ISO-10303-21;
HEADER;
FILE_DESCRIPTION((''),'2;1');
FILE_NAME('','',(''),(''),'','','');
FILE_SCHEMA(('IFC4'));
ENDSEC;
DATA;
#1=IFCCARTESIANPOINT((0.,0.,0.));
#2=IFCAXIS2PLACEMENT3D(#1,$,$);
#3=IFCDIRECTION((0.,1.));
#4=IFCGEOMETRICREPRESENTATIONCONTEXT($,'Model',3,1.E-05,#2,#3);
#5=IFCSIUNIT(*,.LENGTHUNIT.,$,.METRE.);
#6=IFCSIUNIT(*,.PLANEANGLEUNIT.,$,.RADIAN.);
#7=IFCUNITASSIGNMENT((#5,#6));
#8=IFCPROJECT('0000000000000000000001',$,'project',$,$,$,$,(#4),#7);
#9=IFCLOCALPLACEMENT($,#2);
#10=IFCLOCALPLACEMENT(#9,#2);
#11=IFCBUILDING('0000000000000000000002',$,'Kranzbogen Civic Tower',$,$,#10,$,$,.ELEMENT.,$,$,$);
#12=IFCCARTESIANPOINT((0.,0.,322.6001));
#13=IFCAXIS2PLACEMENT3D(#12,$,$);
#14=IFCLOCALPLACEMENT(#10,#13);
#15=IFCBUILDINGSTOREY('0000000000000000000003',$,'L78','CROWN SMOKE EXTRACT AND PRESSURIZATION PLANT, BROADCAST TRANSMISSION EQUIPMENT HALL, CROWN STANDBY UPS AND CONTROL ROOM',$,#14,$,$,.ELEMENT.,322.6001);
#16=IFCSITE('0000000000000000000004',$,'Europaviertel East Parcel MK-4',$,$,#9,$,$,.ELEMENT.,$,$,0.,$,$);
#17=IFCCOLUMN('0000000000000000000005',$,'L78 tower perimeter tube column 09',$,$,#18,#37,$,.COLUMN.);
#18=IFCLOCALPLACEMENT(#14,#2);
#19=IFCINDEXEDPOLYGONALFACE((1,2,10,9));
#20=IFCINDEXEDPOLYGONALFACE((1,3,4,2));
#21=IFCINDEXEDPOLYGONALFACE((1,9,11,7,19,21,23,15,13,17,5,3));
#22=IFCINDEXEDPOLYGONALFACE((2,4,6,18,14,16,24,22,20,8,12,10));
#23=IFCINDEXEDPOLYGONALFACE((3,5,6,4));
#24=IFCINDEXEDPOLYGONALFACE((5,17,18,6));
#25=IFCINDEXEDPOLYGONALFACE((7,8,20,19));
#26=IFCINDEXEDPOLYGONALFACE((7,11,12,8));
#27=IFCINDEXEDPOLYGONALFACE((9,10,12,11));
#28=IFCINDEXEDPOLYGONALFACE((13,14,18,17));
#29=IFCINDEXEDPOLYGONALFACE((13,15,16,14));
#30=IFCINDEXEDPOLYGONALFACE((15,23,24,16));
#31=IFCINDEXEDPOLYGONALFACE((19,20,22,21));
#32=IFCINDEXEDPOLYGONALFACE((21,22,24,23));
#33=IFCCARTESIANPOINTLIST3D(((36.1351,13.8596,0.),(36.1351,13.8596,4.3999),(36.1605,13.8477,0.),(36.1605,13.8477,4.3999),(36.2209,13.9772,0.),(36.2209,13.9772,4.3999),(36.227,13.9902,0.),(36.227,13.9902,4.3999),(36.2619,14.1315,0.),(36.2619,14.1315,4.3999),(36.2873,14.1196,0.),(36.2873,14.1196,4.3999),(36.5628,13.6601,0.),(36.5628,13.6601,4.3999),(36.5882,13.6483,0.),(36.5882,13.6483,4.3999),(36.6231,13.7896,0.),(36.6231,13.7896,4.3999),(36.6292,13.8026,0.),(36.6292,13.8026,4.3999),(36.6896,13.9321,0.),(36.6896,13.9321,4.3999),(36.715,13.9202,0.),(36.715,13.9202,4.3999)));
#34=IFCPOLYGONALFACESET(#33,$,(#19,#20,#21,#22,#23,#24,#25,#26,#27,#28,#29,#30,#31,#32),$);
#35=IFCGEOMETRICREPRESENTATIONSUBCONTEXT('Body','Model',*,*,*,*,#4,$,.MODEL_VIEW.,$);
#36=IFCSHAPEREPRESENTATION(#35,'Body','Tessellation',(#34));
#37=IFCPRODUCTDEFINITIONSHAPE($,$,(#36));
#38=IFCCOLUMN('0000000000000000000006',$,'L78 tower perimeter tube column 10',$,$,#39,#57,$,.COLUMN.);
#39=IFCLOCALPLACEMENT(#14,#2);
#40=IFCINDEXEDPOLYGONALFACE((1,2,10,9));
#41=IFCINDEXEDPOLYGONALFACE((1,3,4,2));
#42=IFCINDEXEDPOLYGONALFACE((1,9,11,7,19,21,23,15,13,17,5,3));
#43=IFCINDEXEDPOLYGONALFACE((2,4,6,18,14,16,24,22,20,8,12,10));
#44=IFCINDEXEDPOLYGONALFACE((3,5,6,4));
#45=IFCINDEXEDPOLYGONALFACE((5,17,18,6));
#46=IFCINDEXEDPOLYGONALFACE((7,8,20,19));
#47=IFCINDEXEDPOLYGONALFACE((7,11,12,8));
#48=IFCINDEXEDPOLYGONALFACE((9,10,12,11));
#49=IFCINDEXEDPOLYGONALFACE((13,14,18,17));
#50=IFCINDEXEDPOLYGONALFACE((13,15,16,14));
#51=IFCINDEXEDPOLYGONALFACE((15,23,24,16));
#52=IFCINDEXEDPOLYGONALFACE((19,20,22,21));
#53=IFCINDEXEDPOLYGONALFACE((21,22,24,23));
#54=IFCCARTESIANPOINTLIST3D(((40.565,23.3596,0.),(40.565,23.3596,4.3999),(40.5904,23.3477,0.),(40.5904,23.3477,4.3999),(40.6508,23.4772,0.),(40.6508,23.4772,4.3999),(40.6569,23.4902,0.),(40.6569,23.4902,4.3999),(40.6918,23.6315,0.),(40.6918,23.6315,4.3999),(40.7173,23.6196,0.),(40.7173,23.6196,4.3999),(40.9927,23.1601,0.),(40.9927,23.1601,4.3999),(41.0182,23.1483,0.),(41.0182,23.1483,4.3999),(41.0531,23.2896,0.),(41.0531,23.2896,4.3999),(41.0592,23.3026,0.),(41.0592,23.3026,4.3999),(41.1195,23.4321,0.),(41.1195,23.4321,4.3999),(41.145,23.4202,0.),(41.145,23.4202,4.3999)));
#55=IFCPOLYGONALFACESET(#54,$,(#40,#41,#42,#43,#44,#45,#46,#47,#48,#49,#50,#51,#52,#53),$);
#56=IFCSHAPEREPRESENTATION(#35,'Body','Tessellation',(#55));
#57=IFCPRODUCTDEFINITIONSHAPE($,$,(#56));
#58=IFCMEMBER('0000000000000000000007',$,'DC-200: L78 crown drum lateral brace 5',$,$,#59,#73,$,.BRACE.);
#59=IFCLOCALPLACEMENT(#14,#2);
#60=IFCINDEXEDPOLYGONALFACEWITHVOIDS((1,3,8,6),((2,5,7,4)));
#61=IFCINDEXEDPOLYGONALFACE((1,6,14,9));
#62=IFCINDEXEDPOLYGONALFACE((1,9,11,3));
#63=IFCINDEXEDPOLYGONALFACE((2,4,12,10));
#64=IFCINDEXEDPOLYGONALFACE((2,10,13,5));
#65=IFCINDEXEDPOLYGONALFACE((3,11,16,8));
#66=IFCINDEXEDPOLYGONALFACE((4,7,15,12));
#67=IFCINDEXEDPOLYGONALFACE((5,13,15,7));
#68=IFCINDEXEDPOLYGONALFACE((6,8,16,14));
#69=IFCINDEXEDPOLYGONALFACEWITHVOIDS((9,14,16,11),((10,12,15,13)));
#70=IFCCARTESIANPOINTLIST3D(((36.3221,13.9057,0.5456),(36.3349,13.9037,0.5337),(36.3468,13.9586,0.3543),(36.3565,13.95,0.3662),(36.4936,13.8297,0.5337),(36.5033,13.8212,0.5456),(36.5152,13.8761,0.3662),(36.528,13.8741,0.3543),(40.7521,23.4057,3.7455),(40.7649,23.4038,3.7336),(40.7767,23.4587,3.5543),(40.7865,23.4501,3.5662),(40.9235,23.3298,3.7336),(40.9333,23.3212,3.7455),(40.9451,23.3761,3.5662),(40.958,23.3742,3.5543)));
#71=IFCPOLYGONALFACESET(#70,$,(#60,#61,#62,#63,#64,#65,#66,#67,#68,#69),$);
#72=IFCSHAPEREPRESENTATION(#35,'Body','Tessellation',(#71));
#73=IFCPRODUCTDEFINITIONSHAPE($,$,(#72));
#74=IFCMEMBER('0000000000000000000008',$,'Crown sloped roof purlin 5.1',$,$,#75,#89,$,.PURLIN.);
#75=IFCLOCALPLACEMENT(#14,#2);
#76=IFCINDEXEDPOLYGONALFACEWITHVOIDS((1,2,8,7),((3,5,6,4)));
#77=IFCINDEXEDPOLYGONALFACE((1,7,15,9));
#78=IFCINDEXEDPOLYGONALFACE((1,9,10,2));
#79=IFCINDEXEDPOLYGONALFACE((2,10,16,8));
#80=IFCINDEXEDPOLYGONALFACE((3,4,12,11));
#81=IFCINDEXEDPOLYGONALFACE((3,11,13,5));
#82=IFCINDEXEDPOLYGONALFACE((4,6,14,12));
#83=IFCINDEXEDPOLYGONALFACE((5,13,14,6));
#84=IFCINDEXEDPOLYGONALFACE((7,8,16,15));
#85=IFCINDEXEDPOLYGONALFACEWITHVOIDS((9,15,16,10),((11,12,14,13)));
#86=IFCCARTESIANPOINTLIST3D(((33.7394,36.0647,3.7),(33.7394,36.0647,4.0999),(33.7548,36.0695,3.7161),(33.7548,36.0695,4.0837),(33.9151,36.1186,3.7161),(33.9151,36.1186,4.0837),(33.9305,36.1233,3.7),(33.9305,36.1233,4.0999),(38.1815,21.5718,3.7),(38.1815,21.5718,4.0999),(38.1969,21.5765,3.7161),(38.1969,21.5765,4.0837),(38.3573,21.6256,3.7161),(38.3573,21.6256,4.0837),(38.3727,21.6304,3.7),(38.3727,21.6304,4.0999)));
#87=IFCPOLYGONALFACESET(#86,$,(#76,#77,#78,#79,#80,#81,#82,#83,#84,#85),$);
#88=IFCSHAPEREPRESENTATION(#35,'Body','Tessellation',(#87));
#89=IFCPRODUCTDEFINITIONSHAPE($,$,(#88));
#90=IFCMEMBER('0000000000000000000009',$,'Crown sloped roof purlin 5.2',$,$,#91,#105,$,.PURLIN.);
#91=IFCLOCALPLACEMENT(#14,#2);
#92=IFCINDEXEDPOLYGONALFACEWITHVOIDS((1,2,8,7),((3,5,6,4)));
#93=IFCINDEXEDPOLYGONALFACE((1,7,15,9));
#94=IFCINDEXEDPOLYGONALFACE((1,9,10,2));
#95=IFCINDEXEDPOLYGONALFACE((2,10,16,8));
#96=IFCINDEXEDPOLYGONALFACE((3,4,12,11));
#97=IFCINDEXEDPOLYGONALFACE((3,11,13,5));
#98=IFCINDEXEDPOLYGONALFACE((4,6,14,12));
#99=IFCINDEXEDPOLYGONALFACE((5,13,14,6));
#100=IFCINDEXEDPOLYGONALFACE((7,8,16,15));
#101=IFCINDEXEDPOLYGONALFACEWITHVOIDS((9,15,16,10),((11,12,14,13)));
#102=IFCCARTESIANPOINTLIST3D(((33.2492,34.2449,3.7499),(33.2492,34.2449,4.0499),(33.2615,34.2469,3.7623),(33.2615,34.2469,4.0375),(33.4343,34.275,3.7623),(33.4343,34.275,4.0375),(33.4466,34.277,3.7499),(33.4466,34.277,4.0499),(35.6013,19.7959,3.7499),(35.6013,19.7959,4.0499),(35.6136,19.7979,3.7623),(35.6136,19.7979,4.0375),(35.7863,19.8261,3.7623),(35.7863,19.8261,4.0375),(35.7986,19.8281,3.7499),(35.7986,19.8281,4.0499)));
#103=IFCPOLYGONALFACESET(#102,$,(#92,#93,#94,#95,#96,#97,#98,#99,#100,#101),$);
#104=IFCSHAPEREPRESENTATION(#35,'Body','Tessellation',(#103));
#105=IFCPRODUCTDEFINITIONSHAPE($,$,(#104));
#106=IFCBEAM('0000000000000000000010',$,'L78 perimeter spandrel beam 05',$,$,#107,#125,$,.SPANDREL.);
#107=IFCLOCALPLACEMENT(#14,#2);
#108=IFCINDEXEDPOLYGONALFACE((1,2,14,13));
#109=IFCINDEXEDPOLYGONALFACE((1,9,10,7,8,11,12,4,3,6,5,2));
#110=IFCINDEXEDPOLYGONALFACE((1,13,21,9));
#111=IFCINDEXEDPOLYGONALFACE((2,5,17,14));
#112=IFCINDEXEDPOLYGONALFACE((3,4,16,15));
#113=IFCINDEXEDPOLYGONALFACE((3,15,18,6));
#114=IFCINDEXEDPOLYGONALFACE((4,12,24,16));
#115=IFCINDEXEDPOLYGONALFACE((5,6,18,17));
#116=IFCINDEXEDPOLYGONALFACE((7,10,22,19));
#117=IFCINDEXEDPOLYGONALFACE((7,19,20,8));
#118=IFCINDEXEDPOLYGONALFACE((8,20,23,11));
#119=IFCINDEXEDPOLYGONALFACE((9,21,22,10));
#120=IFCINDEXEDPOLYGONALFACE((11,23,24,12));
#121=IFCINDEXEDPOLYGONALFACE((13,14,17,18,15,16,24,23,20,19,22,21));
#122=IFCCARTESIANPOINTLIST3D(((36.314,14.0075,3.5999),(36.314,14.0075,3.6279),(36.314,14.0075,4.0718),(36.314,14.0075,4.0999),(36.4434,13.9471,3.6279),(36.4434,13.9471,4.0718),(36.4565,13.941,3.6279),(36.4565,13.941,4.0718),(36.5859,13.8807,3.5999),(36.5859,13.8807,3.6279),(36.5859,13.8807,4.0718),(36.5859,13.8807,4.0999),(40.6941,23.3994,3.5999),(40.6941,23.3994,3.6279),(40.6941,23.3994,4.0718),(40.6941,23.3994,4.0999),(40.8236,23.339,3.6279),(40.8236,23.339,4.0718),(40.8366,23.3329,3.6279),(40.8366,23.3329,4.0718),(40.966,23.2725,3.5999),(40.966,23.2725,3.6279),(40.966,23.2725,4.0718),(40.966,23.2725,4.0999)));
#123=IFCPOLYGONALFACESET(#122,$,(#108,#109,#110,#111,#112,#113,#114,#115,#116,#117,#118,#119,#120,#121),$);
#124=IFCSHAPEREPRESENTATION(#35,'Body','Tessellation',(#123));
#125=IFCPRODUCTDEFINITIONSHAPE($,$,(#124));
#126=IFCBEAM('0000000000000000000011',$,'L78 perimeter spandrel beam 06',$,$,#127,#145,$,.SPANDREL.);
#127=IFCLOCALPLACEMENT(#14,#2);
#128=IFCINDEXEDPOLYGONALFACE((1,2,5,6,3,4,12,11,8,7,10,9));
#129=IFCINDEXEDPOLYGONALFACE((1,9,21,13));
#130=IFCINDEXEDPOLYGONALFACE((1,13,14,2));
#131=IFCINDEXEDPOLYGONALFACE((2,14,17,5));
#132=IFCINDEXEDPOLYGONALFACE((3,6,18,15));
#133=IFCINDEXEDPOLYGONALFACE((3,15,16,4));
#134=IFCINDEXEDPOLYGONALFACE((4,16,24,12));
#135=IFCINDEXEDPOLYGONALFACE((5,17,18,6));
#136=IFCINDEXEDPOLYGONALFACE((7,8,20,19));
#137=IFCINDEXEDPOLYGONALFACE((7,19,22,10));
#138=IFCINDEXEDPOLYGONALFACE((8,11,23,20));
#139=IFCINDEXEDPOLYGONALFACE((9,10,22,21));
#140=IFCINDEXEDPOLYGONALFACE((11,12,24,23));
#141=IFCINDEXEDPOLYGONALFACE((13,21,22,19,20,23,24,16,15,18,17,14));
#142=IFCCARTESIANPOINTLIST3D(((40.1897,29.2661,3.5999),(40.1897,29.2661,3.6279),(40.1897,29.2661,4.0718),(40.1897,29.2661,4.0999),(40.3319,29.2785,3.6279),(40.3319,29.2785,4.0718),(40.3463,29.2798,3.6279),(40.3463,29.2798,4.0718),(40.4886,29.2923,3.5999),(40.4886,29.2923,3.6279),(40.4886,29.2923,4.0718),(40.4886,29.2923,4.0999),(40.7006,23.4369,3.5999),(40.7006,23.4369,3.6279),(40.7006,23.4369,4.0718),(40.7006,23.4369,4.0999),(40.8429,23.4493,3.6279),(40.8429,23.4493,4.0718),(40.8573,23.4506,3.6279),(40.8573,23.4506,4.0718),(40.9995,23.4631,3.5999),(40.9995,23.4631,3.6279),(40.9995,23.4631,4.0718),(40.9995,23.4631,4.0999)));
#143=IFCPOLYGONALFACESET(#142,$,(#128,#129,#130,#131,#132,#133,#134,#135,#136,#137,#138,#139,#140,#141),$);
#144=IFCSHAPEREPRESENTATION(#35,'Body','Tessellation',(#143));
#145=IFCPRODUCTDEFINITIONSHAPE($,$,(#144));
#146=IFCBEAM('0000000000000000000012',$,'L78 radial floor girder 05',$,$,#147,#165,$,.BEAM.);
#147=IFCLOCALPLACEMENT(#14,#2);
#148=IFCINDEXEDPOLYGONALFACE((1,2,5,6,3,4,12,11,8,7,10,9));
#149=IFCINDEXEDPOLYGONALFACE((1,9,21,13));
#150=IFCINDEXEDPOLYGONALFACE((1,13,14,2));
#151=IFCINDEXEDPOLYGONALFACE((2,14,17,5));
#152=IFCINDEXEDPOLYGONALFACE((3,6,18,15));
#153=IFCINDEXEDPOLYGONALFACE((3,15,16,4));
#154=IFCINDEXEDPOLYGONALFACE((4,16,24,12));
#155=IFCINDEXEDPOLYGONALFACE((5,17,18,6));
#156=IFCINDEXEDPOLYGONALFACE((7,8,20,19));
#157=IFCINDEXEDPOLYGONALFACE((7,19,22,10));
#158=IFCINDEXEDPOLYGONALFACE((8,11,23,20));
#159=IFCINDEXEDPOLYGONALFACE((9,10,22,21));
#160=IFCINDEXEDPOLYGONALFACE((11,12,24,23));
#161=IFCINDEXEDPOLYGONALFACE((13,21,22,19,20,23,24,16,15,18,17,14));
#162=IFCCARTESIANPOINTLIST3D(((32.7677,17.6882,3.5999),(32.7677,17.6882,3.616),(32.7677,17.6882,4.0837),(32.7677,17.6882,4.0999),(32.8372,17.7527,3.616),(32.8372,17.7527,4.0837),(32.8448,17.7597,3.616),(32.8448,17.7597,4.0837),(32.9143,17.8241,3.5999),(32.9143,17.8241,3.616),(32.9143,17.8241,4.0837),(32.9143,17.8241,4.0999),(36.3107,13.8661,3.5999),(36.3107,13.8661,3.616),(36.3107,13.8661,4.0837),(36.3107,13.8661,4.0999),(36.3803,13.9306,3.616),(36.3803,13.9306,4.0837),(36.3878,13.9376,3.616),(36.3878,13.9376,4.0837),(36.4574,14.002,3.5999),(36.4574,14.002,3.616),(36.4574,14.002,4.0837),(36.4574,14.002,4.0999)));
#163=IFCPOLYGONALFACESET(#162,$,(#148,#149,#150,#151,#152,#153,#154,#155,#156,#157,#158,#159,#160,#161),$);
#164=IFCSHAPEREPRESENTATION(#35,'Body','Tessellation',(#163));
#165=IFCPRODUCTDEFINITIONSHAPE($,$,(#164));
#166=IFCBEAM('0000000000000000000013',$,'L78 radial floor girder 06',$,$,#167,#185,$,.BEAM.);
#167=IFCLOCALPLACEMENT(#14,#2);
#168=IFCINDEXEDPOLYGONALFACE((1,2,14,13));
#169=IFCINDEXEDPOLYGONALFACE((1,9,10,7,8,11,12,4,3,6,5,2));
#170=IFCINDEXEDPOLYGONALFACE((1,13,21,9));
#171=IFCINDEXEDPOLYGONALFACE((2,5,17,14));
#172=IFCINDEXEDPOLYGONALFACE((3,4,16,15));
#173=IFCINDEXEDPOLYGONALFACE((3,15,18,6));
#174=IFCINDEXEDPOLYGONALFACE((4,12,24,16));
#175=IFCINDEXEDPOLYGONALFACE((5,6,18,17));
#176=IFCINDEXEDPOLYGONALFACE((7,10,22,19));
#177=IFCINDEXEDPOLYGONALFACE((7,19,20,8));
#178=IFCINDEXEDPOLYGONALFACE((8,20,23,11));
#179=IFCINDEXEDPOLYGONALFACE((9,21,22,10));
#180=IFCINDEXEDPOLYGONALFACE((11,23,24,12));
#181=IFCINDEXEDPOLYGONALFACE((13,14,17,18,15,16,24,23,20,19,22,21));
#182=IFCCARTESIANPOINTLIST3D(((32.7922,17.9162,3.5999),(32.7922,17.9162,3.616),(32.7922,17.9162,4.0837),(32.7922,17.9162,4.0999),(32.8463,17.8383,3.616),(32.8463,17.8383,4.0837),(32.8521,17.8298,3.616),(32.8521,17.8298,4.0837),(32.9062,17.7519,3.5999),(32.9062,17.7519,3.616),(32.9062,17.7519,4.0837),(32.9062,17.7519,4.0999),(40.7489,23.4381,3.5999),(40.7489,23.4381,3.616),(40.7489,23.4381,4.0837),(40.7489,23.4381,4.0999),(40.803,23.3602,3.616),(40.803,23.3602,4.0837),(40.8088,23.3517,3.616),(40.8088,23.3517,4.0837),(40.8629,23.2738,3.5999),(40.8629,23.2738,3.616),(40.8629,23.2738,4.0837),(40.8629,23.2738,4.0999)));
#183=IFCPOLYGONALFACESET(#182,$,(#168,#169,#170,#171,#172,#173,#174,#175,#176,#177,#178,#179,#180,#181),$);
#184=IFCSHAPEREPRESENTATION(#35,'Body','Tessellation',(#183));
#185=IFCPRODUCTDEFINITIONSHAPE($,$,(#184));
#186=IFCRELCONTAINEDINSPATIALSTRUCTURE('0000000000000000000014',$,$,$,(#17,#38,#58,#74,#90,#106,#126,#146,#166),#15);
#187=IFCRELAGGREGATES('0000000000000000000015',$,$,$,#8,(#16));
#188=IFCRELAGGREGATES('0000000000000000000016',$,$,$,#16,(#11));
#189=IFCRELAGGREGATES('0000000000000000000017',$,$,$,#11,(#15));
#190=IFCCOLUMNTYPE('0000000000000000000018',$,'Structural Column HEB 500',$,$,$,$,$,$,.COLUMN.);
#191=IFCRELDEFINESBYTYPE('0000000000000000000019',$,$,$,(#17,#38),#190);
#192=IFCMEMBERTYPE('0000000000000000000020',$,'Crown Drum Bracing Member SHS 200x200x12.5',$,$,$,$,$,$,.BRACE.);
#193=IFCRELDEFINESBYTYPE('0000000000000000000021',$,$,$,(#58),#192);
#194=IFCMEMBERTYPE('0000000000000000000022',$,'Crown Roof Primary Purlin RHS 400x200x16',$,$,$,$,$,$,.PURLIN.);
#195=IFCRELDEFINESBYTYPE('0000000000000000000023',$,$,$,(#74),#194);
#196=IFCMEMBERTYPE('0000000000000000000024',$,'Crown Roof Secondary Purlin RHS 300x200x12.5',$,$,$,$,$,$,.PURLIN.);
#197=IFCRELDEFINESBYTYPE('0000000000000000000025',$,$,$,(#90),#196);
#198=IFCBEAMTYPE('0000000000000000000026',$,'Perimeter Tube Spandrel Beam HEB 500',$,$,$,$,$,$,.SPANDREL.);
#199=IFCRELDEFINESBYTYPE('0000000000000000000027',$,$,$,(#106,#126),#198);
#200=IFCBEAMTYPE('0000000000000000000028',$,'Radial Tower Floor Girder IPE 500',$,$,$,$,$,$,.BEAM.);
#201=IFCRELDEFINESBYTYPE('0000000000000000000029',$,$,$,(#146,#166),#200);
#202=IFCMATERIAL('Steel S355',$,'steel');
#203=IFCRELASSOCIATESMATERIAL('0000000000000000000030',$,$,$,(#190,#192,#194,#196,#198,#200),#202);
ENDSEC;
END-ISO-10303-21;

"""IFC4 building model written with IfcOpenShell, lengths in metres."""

from ifc_helpers import new_model, si_unit, direction, frame, origin, origin_2d, place, context, subcontext, project, spatial, hollow_rectangle, i_section, extrude, material, material_profile, profile_set, type_object, element, save


model = new_model("IFC4")

# Units and contexts
model_context = context("Model", 3, precision=1e-05, world=origin(), true_north=direction((0.0, 1.0)))
body_context = subcontext(model_context, "Body", "Model", "MODEL_VIEW")
ifc_project = project(units=[si_unit("LENGTHUNIT", "METRE"), si_unit("PLANEANGLEUNIT", "RADIAN")], contexts=[model_context])

# Site, building, storey
site_placement = place(None, origin())
site = spatial("IfcSite", under=ifc_project, at=site_placement, Name="Europaviertel East Parcel MK-4", CompositionType="ELEMENT", RefElevation=0.0)
building_placement = place(site_placement, origin())
building = spatial("IfcBuilding", under=site, at=building_placement, Name="Kranzbogen Civic Tower", CompositionType="ELEMENT")
storey_placement = place(building_placement, frame((0.0, 0.0, 322.6001)))
storey = spatial("IfcBuildingStorey", under=building, at=storey_placement, Name="L78", Description="CROWN SMOKE EXTRACT AND PRESSURIZATION PLANT, BROADCAST TRANSMISSION EQUIPMENT HALL, CROWN STANDBY UPS AND CONTROL ROOM", CompositionType="ELEMENT", Elevation=322.6001)

# Columns
ifc_material_1 = material(Name="Steel S355", Category="steel")
ifc_material_profile_1 = material_profile(ifc_material_1, i_section(OverallWidth=0.3, OverallDepth=0.5, WebThickness=0.0144, FlangeThickness=0.0281, at=origin_2d()), Name="HEB 500")
ifc_profile_set_1 = profile_set([ifc_material_profile_1], Name="Steel S355")
column_type = type_object("IfcColumnType", Name="Structural Column HEB 500", PredefinedType="COLUMN", material=ifc_profile_set_1)
for number, where, z_axis, x_axis, name in (
    (1, (36.425, 13.8899, 0.0), (0.0, 0.0, 1.0), (0.422618, 0.906308, 0.0), "L78 tower perimeter tube column 09"),
    (2, (40.855, 23.3899, 0.0), (0.0, 0.0, 1.0), (0.422618, 0.906308, 0.0), "L78 tower perimeter tube column 10"),
):
    element("IfcColumn", number, at=place(storey_placement, frame(where, z_axis=z_axis, x_axis=x_axis)), inside=storey, type_object=column_type, Name=name, PredefinedType="COLUMN", context=body_context, shape_type="SweptSolid", body=[
        extrude(i_section(OverallWidth=0.3, OverallDepth=0.5, WebThickness=0.0144, FlangeThickness=0.0281, at=origin_2d()), origin(), (0.0, 0.0, 1.0), 4.3999),
    ])

# Members
ifc_material_profile_2 = material_profile(ifc_material_1, hollow_rectangle(XDim=0.2, YDim=0.2, WallThickness=0.0125, at=origin_2d()), Name="SHS 200x200x12.5")
ifc_profile_set_2 = profile_set([ifc_material_profile_2], Name="Steel S355")
member_type_1 = type_object("IfcMemberType", Name="Crown Drum Bracing Member SHS 200x200x12.5", PredefinedType="BRACE", material=ifc_profile_set_2)
member_1_placement = place(storey_placement, frame((36.425, 13.8899, 0.45), z_axis=(0.404204, 0.866816, 0.291976), x_axis=(-0.906307, 0.422619, 0.0)))
element("IfcMember", 3, at=member_1_placement, inside=storey, type_object=member_type_1, Name="DC-200: L78 crown drum lateral brace 5", PredefinedType="BRACE", context=body_context, shape_type="SweptSolid", body=[
    extrude(hollow_rectangle(XDim=0.2, YDim=0.2, WallThickness=0.0125, at=origin_2d()), origin(), (0.0, 0.0, 1.0), 10.9597),
])
ifc_material_profile_3 = material_profile(ifc_material_1, hollow_rectangle(XDim=0.2, YDim=0.3999, WallThickness=0.0161, at=origin_2d()), Name="RHS 400x200x16")
ifc_profile_set_3 = profile_set([ifc_material_profile_3], Name="Steel S355")
member_type_2 = type_object("IfcMemberType", Name="Crown Roof Primary Purlin RHS 400x200x16", PredefinedType="PURLIN", material=ifc_profile_set_3)
member_2_placement = place(storey_placement, frame((38.2771, 21.6011, 3.8999), z_axis=(-0.293048, 0.956098, 0.0), x_axis=(-0.956098, -0.293048, 0.0)))
element("IfcMember", 4, at=member_2_placement, inside=storey, type_object=member_type_2, Name="Crown sloped roof purlin 5.1", PredefinedType="PURLIN", context=body_context, shape_type="SweptSolid", body=[
    extrude(hollow_rectangle(XDim=0.2, YDim=0.3999, WallThickness=0.0161, at=origin_2d()), origin(), (0.0, 0.0, 1.0), 15.1584),
])
ifc_material_profile_4 = material_profile(ifc_material_1, hollow_rectangle(XDim=0.2, YDim=0.3, WallThickness=0.0125, at=origin_2d()), Name="RHS 300x200x12.5")
ifc_profile_set_4 = profile_set([ifc_material_profile_4], Name="Steel S355")
member_type_3 = type_object("IfcMemberType", Name="Crown Roof Secondary Purlin RHS 300x200x12.5", PredefinedType="PURLIN", material=ifc_profile_set_4)
member_3_placement = place(storey_placement, frame((35.7, 19.812, 3.8999), z_axis=(-0.160668, 0.987008, 0.0), x_axis=(-0.987008, -0.160668, 0.0)))
element("IfcMember", 5, at=member_3_placement, inside=storey, type_object=member_type_3, Name="Crown sloped roof purlin 5.2", PredefinedType="PURLIN", context=body_context, shape_type="SweptSolid", body=[
    extrude(hollow_rectangle(XDim=0.2, YDim=0.3, WallThickness=0.0125, at=origin_2d()), origin(), (0.0, 0.0, 1.0), 14.6392),
])

# Beams
ifc_material_profile_5 = material_profile(ifc_material_1, i_section(OverallWidth=0.3, OverallDepth=0.5, WebThickness=0.0144, FlangeThickness=0.0281, at=origin_2d()), Name="HEB 500")
ifc_profile_set_5 = profile_set([ifc_material_profile_5], Name="Steel S355")
beam_type_1 = type_object("IfcBeamType", Name="Perimeter Tube Spandrel Beam HEB 500", PredefinedType="SPANDREL", material=ifc_profile_set_5)
beam_1_placement = place(storey_placement, frame((36.45, 13.9441, 3.8499), z_axis=(0.422669, 0.906284, 0.0), x_axis=(-0.906284, 0.422669, 0.0)))
element("IfcBeam", 6, at=beam_1_placement, inside=storey, type_object=beam_type_1, Name="L78 perimeter spandrel beam 05", PredefinedType="SPANDREL", context=body_context, shape_type="SweptSolid", body=[
    extrude(i_section(OverallWidth=0.3, OverallDepth=0.5, WebThickness=0.0144, FlangeThickness=0.0281, at=origin_2d()), origin(), (0.0, 0.0, 1.0), 10.363),
])
beam_2_placement = place(storey_placement, frame((40.8501, 23.45, 3.8499), z_axis=(-0.087326, 0.99618, 0.0), x_axis=(-0.99618, -0.087326, 0.0)))
element("IfcBeam", 7, at=beam_2_placement, inside=storey, type_object=beam_type_1, Name="L78 perimeter spandrel beam 06", PredefinedType="SPANDREL", context=body_context, shape_type="SweptSolid", body=[
    extrude(i_section(OverallWidth=0.3, OverallDepth=0.5, WebThickness=0.0144, FlangeThickness=0.0281, at=origin_2d()), origin(), (0.0, 0.0, 1.0), 5.8516),
])
ifc_material_profile_6 = material_profile(ifc_material_1, i_section(OverallWidth=0.2, OverallDepth=0.5, WebThickness=0.0103, FlangeThickness=0.0161, at=origin_2d()), Name="IPE 500")
ifc_profile_set_6 = profile_set([ifc_material_profile_6], Name="Steel S355")
beam_type_2 = type_object("IfcBeamType", Name="Radial Tower Floor Girder IPE 500", PredefinedType="BEAM", material=ifc_profile_set_6)
beam_3_placement = place(storey_placement, frame((36.384, 13.9341, 3.8499), z_axis=(-0.679827, 0.733372, 0.0), x_axis=(-0.733372, -0.679827, 0.0)))
element("IfcBeam", 8, at=beam_3_placement, inside=storey, type_object=beam_type_2, Name="L78 radial floor girder 05", PredefinedType="BEAM", context=body_context, shape_type="SweptSolid", body=[
    extrude(i_section(OverallWidth=0.2, OverallDepth=0.5, WebThickness=0.0103, FlangeThickness=0.0161, at=origin_2d()), origin(), (0.0, 0.0, 1.0), 5.2117),
])
beam_4_placement = place(storey_placement, frame((40.8059, 23.356, 3.8499), z_axis=(-0.821543, -0.570147, 0.0), x_axis=(0.570147, -0.821543, 0.0)))
element("IfcBeam", 9, at=beam_4_placement, inside=storey, type_object=beam_type_2, Name="L78 radial floor girder 06", PredefinedType="BEAM", context=body_context, shape_type="SweptSolid", body=[
    extrude(i_section(OverallWidth=0.2, OverallDepth=0.5, WebThickness=0.0103, FlangeThickness=0.0161, at=origin_2d()), origin(), (0.0, 0.0, 1.0), 9.6851),
])

save(model, "model.ifc")
